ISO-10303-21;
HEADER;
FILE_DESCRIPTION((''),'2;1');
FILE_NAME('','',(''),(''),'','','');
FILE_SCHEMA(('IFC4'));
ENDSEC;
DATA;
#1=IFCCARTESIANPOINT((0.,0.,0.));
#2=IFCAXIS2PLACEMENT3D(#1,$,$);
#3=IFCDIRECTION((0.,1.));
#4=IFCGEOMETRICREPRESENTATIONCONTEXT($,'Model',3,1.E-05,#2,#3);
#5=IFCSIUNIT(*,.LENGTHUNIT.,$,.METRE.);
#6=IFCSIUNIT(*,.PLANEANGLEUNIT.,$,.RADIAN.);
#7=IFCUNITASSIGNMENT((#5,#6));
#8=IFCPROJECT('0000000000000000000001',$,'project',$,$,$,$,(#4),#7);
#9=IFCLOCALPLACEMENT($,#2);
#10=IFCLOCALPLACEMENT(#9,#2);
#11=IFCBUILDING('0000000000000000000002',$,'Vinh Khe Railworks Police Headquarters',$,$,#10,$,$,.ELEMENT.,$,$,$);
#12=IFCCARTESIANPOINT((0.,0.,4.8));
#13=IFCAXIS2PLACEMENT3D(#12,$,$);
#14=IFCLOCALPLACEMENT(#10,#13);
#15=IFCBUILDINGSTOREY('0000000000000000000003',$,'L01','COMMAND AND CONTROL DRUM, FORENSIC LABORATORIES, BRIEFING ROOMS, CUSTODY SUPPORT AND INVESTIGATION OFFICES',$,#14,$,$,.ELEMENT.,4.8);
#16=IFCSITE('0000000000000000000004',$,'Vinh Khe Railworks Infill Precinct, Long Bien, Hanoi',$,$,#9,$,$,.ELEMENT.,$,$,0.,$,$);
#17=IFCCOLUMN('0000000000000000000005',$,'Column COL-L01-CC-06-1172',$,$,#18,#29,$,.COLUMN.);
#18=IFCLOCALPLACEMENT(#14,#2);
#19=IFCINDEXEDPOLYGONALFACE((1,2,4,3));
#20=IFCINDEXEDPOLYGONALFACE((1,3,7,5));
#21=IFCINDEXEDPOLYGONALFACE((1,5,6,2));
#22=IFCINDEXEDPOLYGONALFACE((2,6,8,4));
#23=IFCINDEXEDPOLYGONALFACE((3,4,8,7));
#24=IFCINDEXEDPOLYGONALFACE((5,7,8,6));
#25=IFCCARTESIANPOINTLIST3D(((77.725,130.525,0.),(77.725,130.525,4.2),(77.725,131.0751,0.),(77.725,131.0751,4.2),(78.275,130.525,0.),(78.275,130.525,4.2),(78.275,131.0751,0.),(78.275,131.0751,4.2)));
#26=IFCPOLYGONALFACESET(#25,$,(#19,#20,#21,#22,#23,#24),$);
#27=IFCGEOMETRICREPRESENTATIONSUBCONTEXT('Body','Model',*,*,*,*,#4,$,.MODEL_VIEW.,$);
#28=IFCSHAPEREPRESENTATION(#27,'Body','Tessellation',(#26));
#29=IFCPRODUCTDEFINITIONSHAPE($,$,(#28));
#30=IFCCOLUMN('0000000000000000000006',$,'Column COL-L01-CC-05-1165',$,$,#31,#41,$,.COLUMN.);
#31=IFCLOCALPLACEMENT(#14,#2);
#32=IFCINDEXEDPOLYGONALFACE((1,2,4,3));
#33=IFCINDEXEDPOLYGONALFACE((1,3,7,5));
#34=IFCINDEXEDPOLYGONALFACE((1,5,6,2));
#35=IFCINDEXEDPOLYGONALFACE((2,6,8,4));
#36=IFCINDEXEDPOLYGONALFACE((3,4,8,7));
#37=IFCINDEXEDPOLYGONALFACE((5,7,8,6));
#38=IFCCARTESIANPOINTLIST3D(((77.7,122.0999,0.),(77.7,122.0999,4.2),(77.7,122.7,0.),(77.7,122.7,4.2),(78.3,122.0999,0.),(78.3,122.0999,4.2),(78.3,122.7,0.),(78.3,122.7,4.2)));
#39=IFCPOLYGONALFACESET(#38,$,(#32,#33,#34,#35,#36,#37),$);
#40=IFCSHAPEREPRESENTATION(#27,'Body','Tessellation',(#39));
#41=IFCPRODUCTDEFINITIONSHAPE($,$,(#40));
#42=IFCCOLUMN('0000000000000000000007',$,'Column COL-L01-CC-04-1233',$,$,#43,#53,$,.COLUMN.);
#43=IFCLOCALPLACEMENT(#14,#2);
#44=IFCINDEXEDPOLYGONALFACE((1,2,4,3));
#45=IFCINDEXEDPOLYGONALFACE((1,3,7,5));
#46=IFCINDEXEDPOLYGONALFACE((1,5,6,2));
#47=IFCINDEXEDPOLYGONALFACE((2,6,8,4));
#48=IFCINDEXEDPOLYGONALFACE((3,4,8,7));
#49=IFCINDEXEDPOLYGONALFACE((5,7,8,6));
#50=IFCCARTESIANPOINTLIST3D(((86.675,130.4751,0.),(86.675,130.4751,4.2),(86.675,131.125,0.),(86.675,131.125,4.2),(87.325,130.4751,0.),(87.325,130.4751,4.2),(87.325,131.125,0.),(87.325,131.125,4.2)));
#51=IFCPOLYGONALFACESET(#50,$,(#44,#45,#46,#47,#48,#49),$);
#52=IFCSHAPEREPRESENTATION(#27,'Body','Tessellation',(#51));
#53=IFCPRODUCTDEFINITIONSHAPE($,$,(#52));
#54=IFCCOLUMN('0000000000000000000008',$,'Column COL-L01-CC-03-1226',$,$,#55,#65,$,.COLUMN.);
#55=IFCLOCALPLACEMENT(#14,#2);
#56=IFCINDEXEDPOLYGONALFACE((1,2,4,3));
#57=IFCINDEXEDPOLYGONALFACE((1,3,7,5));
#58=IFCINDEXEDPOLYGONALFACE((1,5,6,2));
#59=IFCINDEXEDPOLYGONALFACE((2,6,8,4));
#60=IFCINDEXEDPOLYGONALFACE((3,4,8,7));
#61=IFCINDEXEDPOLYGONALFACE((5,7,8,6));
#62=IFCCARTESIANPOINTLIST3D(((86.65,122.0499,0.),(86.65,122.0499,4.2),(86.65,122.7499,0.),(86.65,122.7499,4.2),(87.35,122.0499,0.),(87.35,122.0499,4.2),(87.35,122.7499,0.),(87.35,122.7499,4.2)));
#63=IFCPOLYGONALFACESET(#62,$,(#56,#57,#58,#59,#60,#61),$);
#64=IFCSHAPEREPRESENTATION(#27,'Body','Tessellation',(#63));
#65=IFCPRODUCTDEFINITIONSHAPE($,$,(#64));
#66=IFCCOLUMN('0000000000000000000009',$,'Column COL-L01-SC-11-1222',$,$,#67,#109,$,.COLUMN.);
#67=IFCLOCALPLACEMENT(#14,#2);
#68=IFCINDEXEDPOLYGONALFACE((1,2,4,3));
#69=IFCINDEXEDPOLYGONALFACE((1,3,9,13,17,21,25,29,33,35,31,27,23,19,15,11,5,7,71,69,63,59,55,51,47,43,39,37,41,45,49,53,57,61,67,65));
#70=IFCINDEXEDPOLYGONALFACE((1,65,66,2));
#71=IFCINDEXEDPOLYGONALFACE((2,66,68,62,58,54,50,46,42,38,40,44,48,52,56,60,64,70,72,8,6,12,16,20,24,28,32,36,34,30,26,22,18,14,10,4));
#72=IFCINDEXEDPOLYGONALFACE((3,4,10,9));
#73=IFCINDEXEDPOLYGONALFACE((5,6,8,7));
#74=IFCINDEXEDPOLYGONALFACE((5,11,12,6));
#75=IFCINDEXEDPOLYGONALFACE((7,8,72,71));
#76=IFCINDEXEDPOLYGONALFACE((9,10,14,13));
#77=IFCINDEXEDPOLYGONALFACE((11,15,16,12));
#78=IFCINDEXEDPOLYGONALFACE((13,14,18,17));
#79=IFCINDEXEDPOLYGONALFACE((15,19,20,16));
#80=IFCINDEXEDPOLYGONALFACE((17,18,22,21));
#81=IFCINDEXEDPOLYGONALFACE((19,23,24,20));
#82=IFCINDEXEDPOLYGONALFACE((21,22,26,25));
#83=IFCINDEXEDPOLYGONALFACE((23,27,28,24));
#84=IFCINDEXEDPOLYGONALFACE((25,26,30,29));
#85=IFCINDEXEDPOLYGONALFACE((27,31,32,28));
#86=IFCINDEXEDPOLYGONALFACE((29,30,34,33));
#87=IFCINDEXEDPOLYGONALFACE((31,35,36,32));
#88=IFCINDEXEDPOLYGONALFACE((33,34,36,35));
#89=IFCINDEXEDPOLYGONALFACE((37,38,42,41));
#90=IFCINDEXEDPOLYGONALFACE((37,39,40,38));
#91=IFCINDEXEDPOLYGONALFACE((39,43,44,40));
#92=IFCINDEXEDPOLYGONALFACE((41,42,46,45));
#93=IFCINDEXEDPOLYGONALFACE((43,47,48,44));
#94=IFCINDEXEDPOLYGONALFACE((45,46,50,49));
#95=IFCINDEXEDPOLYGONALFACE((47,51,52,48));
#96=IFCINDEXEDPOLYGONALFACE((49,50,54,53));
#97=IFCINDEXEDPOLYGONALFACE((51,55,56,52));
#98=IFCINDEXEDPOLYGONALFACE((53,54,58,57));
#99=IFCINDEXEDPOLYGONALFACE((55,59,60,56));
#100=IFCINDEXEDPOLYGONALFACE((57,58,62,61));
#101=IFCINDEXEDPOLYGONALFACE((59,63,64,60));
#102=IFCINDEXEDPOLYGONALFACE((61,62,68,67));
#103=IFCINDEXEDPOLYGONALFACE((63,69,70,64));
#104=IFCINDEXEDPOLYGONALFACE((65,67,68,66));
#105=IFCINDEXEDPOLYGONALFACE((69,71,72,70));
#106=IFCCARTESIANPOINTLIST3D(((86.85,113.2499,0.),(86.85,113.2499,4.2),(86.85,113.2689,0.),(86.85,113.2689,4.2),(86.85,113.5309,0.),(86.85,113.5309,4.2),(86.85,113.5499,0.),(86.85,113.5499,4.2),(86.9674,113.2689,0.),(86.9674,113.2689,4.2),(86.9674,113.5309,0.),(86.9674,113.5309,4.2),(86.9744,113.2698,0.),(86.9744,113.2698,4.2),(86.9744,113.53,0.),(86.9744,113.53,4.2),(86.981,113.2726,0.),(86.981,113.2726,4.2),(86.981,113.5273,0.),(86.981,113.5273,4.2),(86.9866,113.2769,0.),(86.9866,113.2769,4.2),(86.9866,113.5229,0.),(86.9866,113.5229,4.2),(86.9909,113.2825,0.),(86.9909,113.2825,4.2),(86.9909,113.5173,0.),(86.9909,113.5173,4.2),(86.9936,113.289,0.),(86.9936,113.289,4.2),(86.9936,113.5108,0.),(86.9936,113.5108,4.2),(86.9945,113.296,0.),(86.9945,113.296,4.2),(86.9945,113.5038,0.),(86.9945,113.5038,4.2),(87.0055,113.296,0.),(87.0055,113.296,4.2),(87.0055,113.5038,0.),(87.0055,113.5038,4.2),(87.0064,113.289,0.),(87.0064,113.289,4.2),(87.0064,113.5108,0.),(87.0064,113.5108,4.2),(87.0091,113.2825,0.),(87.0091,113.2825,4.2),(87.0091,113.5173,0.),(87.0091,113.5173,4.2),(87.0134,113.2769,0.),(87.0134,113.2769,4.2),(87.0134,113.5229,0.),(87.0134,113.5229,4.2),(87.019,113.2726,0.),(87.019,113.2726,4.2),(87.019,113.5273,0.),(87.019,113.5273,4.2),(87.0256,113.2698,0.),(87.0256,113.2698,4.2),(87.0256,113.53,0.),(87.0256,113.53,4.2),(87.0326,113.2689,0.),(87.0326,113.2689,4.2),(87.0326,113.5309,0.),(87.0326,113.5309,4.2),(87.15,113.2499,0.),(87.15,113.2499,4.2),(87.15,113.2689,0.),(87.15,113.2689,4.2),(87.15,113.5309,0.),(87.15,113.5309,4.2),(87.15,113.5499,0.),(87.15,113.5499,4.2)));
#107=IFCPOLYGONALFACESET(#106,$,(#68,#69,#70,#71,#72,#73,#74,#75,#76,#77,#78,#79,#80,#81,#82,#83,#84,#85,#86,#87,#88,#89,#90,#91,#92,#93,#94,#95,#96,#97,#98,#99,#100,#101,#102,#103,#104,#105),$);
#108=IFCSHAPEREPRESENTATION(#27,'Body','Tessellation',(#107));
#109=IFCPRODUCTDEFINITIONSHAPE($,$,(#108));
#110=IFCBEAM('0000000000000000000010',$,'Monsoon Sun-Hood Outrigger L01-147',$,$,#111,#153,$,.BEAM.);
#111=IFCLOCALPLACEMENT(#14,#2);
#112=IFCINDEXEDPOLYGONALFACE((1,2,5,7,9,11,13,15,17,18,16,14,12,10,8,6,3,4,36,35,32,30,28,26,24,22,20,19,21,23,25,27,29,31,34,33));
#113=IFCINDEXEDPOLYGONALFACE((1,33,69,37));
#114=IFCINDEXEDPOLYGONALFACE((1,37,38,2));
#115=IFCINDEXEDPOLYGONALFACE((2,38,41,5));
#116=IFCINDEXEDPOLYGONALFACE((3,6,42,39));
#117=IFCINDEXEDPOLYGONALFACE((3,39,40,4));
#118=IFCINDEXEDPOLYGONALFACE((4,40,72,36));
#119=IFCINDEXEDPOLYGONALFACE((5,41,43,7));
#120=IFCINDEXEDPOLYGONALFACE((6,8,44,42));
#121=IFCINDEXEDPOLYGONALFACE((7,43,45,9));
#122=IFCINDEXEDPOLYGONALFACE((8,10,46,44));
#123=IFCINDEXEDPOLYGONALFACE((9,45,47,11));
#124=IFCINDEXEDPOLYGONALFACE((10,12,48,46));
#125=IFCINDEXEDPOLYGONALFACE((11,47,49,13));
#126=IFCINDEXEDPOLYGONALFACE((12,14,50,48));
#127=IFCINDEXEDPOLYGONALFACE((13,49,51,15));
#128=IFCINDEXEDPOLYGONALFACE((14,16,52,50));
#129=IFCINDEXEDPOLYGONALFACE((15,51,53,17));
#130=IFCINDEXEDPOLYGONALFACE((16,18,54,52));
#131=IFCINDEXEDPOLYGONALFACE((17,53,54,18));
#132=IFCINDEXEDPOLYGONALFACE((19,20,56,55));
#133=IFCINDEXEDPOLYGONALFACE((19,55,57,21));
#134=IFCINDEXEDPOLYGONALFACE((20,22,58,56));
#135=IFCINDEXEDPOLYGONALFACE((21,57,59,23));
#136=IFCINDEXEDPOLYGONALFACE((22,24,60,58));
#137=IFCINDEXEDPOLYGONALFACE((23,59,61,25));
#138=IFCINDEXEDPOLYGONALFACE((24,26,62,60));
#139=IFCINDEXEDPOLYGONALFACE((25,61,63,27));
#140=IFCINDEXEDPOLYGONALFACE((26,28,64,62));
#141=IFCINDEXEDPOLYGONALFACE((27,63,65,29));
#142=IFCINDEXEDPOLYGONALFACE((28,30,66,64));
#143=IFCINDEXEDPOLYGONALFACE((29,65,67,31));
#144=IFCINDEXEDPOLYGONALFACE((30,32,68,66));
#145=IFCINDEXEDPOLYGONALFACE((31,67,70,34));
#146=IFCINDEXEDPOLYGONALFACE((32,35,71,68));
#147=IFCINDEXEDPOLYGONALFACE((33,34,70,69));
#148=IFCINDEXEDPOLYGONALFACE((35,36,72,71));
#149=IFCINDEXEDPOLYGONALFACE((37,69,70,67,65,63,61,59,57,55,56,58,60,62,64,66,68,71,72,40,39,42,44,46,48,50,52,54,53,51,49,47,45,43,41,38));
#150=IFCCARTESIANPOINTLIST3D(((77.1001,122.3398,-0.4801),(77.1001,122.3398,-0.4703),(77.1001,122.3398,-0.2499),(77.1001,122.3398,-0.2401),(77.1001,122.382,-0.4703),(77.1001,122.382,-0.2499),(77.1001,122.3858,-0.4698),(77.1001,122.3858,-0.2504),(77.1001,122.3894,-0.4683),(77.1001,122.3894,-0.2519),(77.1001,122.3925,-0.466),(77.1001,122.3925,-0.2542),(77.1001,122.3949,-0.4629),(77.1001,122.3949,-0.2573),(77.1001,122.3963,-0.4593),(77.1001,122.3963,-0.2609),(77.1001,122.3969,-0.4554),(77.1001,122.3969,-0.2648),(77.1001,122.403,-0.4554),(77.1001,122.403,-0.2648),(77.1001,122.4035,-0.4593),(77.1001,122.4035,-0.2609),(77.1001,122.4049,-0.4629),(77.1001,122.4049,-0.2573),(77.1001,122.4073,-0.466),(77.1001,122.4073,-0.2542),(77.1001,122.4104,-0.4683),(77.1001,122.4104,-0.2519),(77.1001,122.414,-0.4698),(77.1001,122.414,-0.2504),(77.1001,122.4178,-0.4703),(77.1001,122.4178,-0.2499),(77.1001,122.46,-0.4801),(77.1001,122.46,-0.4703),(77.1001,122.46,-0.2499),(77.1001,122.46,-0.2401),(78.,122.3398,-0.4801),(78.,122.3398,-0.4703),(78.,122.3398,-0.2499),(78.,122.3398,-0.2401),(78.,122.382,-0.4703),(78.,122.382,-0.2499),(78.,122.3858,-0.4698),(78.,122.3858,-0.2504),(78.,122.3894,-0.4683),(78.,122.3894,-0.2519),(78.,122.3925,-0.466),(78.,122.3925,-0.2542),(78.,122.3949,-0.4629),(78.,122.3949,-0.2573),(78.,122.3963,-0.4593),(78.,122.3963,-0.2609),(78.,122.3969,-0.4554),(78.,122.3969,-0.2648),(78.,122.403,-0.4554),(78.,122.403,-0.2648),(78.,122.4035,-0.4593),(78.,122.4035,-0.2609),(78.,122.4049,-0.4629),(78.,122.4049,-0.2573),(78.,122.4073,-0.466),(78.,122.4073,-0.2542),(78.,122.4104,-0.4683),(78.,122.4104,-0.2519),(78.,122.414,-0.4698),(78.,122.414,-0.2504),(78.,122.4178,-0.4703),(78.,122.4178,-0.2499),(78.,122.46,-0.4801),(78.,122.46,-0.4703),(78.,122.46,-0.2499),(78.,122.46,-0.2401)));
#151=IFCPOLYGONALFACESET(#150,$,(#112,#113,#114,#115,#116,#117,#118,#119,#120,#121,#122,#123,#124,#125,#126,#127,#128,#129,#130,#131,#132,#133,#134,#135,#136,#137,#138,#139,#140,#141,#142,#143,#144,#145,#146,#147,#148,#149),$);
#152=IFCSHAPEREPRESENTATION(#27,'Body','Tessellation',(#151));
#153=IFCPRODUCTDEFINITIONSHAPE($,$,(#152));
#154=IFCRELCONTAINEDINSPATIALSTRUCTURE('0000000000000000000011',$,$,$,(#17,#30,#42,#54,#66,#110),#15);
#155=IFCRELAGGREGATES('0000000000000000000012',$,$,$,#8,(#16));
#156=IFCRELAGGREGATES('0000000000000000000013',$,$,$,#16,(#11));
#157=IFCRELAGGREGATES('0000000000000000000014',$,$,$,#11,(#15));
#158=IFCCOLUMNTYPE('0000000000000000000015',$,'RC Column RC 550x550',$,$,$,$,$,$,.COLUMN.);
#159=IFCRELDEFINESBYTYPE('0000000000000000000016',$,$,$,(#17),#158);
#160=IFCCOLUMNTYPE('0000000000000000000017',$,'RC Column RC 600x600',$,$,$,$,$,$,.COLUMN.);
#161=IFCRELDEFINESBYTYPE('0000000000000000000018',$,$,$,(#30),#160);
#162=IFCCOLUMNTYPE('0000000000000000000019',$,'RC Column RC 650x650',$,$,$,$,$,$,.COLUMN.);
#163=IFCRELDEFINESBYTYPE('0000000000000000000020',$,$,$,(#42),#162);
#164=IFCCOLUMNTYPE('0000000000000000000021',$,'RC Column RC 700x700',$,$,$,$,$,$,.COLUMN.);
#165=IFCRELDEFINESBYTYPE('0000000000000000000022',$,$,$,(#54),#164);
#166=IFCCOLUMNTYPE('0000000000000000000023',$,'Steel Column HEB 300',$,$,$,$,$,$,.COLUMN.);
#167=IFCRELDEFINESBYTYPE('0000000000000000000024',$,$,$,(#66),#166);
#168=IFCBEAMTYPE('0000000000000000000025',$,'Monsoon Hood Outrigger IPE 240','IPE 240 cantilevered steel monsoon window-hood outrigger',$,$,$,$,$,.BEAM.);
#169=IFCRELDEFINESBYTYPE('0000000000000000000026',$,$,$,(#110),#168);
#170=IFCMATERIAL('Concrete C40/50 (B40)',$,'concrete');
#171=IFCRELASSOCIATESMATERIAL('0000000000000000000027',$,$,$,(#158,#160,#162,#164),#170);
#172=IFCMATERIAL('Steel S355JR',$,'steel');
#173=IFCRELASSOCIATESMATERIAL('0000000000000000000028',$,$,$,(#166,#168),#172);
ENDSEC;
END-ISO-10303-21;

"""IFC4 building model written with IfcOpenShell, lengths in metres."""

from ifc_helpers import new_model, si_unit, direction, frame, origin, origin_2d, place, context, subcontext, project, spatial, rectangle, i_section, extrude, material, material_profile, profile_set, type_object, element, save


model = new_model("IFC4")

# Units and contexts
model_context = context("Model", 3, precision=1e-05, world=origin(), true_north=direction((0.0, 1.0)))
body_context = subcontext(model_context, "Body", "Model", "MODEL_VIEW")
ifc_project = project(units=[si_unit("LENGTHUNIT", "METRE"), si_unit("PLANEANGLEUNIT", "RADIAN")], contexts=[model_context])

# Site, building, storey
site_placement = place(None, origin())
site = spatial("IfcSite", under=ifc_project, at=site_placement, Name="Vinh Khe Railworks Infill Precinct, Long Bien, Hanoi", CompositionType="ELEMENT", RefElevation=0.0)
building_placement = place(site_placement, origin())
building = spatial("IfcBuilding", under=site, at=building_placement, Name="Vinh Khe Railworks Police Headquarters", CompositionType="ELEMENT")
storey_placement = place(building_placement, frame((0.0, 0.0, 4.8)))
storey = spatial("IfcBuildingStorey", under=building, at=storey_placement, Name="L01", Description="COMMAND AND CONTROL DRUM, FORENSIC LABORATORIES, BRIEFING ROOMS, CUSTODY SUPPORT AND INVESTIGATION OFFICES", CompositionType="ELEMENT", Elevation=4.8)

# Columns
ifc_material_1 = material(Name="Concrete C40/50 (B40)", Category="concrete")
ifc_material_profile_1 = material_profile(ifc_material_1, rectangle(XDim=0.55, YDim=0.55, at=origin_2d()), Name="RC 550x550")
ifc_profile_set_1 = profile_set([ifc_material_profile_1], Name="Concrete C40/50 (B40)")
column_type_1 = type_object("IfcColumnType", Name="RC Column RC 550x550", PredefinedType="COLUMN", material=ifc_profile_set_1)
column_1_placement = place(storey_placement, frame((78.0, 130.8, 0.0), z_axis=(0.0, 0.0, 1.0), x_axis=(1.0, 0.0, 0.0)))
element("IfcColumn", 1, at=column_1_placement, inside=storey, type_object=column_type_1, Name="Column COL-L01-CC-06-1172", PredefinedType="COLUMN", context=body_context, shape_type="SweptSolid", body=[
    extrude(rectangle(XDim=0.55, YDim=0.55, at=origin_2d()), origin(), (0.0, 0.0, 1.0), 4.2),
])
ifc_material_profile_2 = material_profile(ifc_material_1, rectangle(XDim=0.6001, YDim=0.6001, at=origin_2d()), Name="RC 600x600")
ifc_profile_set_2 = profile_set([ifc_material_profile_2], Name="Concrete C40/50 (B40)")
column_type_2 = type_object("IfcColumnType", Name="RC Column RC 600x600", PredefinedType="COLUMN", material=ifc_profile_set_2)
column_2_placement = place(storey_placement, frame((78.0, 122.3999, 0.0), z_axis=(0.0, 0.0, 1.0), x_axis=(1.0, 0.0, 0.0)))
element("IfcColumn", 2, at=column_2_placement, inside=storey, type_object=column_type_2, Name="Column COL-L01-CC-05-1165", PredefinedType="COLUMN", context=body_context, shape_type="SweptSolid", body=[
    extrude(rectangle(XDim=0.6001, YDim=0.6001, at=origin_2d()), origin(), (0.0, 0.0, 1.0), 4.2),
])
ifc_material_profile_3 = material_profile(ifc_material_1, rectangle(XDim=0.6499, YDim=0.6499, at=origin_2d()), Name="RC 650x650")
ifc_profile_set_3 = profile_set([ifc_material_profile_3], Name="Concrete C40/50 (B40)")
column_type_3 = type_object("IfcColumnType", Name="RC Column RC 650x650", PredefinedType="COLUMN", material=ifc_profile_set_3)
column_3_placement = place(storey_placement, frame((87.0, 130.8, 0.0), z_axis=(0.0, 0.0, 1.0), x_axis=(1.0, 0.0, 0.0)))
element("IfcColumn", 3, at=column_3_placement, inside=storey, type_object=column_type_3, Name="Column COL-L01-CC-04-1233", PredefinedType="COLUMN", context=body_context, shape_type="SweptSolid", body=[
    extrude(rectangle(XDim=0.6499, YDim=0.6499, at=origin_2d()), origin(), (0.0, 0.0, 1.0), 4.2),
])
ifc_material_profile_4 = material_profile(ifc_material_1, rectangle(XDim=0.7, YDim=0.7, at=origin_2d()), Name="RC 700x700")
ifc_profile_set_4 = profile_set([ifc_material_profile_4], Name="Concrete C40/50 (B40)")
column_type_4 = type_object("IfcColumnType", Name="RC Column RC 700x700", PredefinedType="COLUMN", material=ifc_profile_set_4)
column_4_placement = place(storey_placement, frame((87.0, 122.3999, 0.0), z_axis=(0.0, 0.0, 1.0), x_axis=(1.0, 0.0, 0.0)))
element("IfcColumn", 4, at=column_4_placement, inside=storey, type_object=column_type_4, Name="Column COL-L01-CC-03-1226", PredefinedType="COLUMN", context=body_context, shape_type="SweptSolid", body=[
    extrude(rectangle(XDim=0.7, YDim=0.7, at=origin_2d()), origin(), (0.0, 0.0, 1.0), 4.2),
])
ifc_material_2 = material(Name="Steel S355JR", Category="steel")
ifc_material_profile_5 = material_profile(ifc_material_2, i_section(OverallWidth=0.3, OverallDepth=0.3, WebThickness=0.011, FlangeThickness=0.019, FilletRadius=0.0271, at=origin_2d()), Name="HEB 300")
ifc_profile_set_5 = profile_set([ifc_material_profile_5], Name="Steel S355JR")
column_type_5 = type_object("IfcColumnType", Name="Steel Column HEB 300", PredefinedType="COLUMN", material=ifc_profile_set_5)
column_5_placement = place(storey_placement, frame((87.0, 113.3999, 0.0), z_axis=(0.0, 0.0, 1.0), x_axis=(1.0, 0.0, 0.0)))
element("IfcColumn", 5, at=column_5_placement, inside=storey, type_object=column_type_5, Name="Column COL-L01-SC-11-1222", PredefinedType="COLUMN", context=body_context, shape_type="SweptSolid", body=[
    extrude(i_section(OverallWidth=0.3, OverallDepth=0.3, WebThickness=0.011, FlangeThickness=0.019, FilletRadius=0.0271, at=origin_2d()), origin(), (0.0, 0.0, 1.0), 4.2),
])

# Beam
ifc_material_profile_6 = material_profile(ifc_material_2, i_section(OverallWidth=0.1201, OverallDepth=0.24, WebThickness=0.0061, FlangeThickness=0.0098, FilletRadius=0.0149, at=origin_2d()), Name="IPE 240")
ifc_profile_set_6 = profile_set([ifc_material_profile_6], Name="Steel S355JR")
beam_type_1 = type_object("IfcBeamType", Name="Monsoon Hood Outrigger IPE 240", Description="IPE 240 cantilevered steel monsoon window-hood outrigger", PredefinedType="BEAM", material=ifc_profile_set_6)
for number, where, z_axis, x_axis, name in (
    (6, (77.1001, 122.3999, -0.3601), (1.0, 0.0, 0.0), (0.0, 1.0, 0.0), "Monsoon Sun-Hood Outrigger L01-147"),
):
    element("IfcBeam", number, at=place(storey_placement, frame(where, z_axis=z_axis, x_axis=x_axis)), inside=storey, type_object=beam_type_1, Name=name, PredefinedType="BEAM", context=body_context, shape_type="SweptSolid", body=[
        extrude(i_section(OverallWidth=0.1201, OverallDepth=0.24, WebThickness=0.0061, FlangeThickness=0.0098, FilletRadius=0.0149, at=origin_2d()), origin(), (0.0, 0.0, 1.0), 0.8999),
    ])

save(model, "model.ifc")
